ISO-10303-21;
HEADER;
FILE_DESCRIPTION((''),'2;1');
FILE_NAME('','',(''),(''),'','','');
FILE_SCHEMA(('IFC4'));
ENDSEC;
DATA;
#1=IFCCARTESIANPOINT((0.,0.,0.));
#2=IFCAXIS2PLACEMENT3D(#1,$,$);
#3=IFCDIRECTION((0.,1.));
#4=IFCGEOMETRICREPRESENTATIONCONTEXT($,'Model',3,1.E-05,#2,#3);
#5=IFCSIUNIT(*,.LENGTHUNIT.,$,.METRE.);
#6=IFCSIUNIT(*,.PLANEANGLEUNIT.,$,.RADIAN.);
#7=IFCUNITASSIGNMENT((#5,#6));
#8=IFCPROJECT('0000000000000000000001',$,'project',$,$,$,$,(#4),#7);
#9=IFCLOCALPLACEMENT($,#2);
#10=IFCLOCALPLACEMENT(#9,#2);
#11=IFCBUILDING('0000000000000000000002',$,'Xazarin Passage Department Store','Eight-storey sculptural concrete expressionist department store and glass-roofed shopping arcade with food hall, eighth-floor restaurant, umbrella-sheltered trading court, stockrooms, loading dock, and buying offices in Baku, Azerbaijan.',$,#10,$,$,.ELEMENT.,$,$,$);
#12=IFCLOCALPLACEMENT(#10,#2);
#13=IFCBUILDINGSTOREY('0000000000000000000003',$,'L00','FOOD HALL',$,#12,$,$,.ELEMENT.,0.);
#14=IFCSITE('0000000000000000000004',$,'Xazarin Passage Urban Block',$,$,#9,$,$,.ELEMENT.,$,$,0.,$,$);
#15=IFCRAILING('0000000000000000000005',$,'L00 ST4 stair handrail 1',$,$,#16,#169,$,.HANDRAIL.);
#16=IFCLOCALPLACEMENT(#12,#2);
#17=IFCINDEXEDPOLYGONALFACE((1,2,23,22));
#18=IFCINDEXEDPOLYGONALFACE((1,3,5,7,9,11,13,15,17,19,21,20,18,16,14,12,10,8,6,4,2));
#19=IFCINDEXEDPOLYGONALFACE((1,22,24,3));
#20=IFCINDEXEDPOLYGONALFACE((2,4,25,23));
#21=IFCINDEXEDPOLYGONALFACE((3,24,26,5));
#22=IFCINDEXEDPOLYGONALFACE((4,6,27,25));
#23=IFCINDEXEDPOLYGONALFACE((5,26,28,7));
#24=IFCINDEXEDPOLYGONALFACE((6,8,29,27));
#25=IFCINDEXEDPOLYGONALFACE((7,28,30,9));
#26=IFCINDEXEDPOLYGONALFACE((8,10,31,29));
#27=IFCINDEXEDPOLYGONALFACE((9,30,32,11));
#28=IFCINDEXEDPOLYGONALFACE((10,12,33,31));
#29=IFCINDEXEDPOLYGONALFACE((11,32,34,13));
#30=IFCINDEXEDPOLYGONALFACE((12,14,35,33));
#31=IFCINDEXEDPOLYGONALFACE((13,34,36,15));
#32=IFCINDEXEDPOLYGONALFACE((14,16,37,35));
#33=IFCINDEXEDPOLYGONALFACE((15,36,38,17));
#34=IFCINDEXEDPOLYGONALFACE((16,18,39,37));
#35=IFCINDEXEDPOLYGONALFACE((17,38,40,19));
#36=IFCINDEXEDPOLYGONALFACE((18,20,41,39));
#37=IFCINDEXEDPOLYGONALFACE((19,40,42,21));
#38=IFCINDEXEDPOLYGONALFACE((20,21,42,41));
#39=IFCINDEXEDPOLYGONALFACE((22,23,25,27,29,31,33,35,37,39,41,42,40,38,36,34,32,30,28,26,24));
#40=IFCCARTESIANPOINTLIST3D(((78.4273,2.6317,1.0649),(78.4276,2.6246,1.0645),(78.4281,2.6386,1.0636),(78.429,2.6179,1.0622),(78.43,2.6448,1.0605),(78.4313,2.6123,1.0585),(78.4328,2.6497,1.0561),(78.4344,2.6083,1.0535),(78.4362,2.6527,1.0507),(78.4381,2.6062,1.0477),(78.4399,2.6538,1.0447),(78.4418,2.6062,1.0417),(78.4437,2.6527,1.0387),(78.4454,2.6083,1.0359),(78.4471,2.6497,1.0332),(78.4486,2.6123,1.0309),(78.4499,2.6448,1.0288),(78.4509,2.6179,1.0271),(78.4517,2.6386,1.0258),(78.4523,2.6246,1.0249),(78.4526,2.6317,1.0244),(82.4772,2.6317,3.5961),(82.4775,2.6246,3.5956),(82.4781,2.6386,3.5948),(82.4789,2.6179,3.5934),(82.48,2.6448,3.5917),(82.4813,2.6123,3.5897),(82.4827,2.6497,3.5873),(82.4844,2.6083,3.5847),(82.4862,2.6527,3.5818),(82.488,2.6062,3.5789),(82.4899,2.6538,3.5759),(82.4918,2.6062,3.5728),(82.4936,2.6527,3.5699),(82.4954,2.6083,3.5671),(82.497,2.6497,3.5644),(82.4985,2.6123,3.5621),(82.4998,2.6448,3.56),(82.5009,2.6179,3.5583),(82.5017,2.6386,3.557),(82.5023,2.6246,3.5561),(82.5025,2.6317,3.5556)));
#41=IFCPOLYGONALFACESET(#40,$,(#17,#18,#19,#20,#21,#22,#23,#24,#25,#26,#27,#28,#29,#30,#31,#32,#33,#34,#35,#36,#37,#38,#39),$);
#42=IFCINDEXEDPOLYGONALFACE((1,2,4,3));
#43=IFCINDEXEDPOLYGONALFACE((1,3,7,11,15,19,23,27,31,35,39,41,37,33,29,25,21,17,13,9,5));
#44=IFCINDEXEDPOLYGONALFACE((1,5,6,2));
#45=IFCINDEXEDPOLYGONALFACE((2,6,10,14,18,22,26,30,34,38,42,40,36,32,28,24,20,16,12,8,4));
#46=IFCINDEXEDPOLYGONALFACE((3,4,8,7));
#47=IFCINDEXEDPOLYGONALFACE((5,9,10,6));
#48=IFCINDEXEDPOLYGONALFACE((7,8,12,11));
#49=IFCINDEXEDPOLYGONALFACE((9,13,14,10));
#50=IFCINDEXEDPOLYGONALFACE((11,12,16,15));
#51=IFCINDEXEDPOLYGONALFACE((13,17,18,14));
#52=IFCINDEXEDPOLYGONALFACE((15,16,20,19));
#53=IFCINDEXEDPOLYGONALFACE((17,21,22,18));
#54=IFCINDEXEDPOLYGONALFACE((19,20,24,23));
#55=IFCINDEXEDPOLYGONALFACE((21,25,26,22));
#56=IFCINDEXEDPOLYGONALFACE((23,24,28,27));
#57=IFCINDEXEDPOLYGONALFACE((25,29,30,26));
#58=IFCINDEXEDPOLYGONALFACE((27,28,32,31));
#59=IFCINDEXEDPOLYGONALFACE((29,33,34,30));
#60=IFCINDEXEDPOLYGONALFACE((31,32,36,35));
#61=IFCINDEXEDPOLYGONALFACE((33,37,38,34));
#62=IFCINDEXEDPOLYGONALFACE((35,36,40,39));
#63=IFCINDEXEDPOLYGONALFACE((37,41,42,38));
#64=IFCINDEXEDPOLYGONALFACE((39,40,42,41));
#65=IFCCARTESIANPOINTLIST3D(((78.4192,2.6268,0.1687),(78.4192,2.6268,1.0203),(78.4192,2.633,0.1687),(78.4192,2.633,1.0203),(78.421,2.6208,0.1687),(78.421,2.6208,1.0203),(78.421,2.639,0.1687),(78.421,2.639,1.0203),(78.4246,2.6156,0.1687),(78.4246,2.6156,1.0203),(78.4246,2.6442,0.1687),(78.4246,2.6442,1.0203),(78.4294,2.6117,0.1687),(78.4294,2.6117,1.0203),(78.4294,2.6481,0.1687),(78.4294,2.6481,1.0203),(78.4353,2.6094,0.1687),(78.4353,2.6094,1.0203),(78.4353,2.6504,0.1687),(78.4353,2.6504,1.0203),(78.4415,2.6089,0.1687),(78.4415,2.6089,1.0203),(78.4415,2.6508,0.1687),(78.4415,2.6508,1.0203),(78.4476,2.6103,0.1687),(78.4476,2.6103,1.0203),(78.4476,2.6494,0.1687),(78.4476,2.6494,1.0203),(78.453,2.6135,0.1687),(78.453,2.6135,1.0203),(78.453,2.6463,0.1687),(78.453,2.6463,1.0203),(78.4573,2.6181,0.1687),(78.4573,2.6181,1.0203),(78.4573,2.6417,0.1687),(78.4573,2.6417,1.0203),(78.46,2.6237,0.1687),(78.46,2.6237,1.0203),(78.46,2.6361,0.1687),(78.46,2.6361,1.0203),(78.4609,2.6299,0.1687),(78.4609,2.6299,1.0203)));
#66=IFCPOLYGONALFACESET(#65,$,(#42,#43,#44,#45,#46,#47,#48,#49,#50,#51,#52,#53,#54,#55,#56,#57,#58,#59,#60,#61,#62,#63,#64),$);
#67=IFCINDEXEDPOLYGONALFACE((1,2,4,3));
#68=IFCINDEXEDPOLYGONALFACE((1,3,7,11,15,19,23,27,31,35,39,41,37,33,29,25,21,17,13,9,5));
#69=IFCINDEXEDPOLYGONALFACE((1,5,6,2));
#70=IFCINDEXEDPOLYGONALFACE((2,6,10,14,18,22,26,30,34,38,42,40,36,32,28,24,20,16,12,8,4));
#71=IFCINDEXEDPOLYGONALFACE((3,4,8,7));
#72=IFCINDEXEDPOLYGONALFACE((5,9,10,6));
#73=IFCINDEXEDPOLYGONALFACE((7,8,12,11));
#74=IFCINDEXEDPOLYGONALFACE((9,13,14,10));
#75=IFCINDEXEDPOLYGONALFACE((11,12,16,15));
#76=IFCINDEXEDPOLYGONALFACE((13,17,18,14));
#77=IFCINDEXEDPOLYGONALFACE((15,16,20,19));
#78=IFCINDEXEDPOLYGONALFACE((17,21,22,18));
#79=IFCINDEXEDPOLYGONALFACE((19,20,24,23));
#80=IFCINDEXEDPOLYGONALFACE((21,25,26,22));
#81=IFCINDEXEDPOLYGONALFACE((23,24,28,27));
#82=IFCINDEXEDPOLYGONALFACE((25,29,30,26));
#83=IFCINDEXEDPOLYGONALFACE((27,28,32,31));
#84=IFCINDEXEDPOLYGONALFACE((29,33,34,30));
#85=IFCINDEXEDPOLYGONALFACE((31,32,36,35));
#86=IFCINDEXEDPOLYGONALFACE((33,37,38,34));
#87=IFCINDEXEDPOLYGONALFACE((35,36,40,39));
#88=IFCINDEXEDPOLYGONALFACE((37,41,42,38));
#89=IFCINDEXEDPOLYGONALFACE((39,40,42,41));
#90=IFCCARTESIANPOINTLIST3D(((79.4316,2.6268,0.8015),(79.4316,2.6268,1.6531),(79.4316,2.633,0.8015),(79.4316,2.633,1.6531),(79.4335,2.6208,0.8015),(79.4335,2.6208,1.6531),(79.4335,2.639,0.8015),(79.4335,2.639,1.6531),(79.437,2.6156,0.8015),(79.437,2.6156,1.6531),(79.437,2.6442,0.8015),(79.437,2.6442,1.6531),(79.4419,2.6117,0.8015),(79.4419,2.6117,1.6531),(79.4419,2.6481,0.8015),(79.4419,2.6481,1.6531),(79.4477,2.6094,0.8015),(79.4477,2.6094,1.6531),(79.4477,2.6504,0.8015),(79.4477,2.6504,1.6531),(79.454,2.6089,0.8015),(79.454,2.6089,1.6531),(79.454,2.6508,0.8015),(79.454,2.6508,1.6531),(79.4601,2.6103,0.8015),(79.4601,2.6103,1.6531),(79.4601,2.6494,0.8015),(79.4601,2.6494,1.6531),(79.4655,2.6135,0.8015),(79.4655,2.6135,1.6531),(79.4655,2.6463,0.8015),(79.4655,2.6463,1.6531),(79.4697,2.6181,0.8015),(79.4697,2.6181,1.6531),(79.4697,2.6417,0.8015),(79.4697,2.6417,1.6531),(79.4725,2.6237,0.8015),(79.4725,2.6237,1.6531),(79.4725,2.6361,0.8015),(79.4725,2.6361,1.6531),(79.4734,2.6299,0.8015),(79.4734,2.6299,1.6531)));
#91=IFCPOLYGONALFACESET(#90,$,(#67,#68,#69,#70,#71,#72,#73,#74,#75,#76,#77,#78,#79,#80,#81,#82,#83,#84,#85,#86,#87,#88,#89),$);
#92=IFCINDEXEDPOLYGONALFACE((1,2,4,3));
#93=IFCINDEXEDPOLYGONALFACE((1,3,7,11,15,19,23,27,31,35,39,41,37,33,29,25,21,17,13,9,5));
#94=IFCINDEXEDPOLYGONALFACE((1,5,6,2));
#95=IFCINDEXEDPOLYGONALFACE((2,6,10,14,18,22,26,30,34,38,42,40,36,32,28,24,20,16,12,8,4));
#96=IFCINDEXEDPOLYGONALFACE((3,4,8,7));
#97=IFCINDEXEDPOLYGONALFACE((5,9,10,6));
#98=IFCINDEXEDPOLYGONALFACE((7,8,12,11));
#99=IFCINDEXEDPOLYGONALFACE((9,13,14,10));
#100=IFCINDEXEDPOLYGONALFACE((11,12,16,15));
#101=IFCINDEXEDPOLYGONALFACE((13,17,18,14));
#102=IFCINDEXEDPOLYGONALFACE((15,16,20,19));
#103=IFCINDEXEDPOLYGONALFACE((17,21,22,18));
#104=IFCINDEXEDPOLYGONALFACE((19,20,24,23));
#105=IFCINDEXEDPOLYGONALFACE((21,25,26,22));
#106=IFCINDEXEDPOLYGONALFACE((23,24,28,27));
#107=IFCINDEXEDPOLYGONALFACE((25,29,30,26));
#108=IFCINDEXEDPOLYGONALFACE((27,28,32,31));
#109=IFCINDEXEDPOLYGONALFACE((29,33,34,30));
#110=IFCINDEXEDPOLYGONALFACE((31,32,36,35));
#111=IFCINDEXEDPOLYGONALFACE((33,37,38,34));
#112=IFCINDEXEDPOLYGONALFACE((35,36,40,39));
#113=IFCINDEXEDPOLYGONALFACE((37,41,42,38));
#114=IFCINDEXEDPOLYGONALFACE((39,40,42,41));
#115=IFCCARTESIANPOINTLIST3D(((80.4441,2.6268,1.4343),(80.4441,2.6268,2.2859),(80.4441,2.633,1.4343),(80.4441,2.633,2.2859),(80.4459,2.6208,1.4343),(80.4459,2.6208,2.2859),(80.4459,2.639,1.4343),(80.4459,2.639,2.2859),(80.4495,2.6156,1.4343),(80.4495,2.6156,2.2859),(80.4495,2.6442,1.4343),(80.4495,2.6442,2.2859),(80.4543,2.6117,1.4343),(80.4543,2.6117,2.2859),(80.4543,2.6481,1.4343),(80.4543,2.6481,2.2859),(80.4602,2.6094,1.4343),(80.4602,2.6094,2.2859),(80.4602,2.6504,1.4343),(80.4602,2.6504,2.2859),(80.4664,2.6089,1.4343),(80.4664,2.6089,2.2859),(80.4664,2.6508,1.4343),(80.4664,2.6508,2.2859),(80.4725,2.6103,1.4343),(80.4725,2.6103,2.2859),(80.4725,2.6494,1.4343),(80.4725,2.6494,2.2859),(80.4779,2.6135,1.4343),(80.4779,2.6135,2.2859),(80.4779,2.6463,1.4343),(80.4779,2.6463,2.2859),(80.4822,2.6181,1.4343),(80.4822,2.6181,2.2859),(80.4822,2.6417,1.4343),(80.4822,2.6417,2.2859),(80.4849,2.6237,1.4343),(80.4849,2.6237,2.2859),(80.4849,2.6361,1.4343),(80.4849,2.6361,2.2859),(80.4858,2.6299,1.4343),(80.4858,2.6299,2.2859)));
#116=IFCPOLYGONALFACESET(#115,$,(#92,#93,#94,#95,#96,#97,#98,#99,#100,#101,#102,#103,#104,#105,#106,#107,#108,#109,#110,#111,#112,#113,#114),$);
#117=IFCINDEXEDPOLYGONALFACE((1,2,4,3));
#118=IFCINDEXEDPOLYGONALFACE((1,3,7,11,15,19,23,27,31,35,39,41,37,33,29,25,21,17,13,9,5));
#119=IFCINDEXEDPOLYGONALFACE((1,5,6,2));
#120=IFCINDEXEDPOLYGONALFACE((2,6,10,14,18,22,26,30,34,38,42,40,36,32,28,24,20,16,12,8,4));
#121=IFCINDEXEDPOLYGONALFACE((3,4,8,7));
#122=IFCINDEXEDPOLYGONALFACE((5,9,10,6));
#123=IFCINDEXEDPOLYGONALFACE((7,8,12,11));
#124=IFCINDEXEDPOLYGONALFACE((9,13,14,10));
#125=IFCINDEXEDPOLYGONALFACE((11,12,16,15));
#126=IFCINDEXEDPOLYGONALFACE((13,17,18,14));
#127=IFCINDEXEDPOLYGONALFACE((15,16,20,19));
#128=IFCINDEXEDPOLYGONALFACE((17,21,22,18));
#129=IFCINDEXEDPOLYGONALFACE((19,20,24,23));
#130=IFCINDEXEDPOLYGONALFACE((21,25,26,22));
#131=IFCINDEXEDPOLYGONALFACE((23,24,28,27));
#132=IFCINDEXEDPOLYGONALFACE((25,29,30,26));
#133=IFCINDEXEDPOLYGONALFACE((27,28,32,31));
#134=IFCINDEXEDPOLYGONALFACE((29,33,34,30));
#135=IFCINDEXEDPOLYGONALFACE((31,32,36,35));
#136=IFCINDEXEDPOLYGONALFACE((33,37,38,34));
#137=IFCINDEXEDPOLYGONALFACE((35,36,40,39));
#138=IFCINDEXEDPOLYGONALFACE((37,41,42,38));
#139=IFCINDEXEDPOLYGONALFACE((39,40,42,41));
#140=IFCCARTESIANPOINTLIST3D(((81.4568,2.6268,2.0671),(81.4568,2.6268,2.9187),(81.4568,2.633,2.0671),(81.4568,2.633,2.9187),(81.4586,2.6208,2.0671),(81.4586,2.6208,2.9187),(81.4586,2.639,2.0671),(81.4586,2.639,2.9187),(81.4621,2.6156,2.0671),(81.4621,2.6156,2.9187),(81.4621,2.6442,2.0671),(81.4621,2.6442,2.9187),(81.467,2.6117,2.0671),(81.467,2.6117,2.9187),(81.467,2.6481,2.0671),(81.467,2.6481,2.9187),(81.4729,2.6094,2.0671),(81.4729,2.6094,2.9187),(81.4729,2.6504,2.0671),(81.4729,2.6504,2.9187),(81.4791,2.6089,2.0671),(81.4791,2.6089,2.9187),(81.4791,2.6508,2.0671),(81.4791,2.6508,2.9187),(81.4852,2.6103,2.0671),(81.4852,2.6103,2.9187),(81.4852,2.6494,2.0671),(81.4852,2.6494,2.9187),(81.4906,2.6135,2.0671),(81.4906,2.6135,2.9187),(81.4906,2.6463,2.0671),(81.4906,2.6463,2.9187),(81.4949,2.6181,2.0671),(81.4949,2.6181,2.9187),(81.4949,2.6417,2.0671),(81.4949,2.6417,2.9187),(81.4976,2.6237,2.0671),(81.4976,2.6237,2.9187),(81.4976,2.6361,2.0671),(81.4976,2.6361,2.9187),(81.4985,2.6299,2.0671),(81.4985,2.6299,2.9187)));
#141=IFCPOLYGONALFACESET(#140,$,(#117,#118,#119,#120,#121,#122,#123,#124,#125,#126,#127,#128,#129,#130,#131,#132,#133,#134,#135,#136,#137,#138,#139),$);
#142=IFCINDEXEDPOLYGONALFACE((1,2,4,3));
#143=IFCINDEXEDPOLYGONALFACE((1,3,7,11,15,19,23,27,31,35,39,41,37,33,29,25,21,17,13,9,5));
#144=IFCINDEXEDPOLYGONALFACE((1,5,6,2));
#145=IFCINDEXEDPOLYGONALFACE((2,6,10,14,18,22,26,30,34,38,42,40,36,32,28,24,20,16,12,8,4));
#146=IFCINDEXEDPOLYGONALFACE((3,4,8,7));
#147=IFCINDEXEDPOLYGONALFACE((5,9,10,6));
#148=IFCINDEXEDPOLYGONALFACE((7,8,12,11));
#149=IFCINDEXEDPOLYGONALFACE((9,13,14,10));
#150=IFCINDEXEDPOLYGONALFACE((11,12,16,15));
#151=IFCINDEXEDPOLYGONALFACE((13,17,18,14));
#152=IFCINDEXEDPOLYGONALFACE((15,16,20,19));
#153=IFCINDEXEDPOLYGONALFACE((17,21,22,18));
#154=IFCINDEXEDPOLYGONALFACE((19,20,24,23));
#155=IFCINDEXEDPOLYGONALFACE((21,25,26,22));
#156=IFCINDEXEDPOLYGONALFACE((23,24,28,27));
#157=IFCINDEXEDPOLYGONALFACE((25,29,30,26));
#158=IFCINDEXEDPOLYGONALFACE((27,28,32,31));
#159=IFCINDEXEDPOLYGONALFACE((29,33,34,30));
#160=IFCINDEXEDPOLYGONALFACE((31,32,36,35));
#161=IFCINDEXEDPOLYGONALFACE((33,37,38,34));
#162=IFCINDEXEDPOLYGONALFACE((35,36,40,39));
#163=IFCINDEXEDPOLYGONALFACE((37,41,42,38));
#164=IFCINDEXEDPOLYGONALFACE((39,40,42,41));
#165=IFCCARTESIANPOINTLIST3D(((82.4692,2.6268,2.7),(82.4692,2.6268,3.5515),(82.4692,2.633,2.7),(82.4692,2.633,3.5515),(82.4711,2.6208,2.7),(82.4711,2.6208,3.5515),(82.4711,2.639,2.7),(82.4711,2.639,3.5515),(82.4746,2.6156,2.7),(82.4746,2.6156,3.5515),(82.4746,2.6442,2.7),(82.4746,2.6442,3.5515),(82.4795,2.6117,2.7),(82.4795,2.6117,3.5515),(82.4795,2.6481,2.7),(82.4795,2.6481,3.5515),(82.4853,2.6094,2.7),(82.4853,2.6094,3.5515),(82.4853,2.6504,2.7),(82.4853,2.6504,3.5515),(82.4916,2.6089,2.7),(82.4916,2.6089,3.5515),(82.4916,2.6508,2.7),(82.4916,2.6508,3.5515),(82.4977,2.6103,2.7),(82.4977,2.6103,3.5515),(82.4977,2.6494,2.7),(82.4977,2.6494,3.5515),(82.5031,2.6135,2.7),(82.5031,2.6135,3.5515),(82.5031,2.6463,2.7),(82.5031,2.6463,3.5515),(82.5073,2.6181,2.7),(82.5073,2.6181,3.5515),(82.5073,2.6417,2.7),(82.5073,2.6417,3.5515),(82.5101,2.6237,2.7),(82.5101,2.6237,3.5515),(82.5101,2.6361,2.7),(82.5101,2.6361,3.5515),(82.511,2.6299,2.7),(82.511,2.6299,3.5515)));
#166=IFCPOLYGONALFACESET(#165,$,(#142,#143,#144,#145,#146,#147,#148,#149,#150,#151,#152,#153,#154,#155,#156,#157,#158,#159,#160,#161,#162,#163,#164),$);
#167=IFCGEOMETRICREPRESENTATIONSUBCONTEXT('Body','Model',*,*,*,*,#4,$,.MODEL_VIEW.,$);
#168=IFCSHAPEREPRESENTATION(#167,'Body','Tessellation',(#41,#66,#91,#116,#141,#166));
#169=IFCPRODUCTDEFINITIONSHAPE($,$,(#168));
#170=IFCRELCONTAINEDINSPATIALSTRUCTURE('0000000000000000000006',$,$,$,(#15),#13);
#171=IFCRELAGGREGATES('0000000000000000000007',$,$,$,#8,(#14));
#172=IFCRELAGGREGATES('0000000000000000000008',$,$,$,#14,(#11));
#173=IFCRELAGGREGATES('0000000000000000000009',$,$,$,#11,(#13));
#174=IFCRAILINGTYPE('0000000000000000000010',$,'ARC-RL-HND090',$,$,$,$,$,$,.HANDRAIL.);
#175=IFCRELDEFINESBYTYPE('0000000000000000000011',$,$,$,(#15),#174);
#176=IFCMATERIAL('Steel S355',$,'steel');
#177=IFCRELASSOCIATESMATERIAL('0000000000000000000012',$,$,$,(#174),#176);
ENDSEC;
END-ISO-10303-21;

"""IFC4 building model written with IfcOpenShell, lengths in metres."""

from ifc_helpers import new_model, si_unit, direction, frame, origin, origin_2d, place, context, subcontext, project, spatial, circle, extrude, material, type_object, element, save


model = new_model("IFC4")

# Units and contexts
model_context = context("Model", 3, precision=1e-05, world=origin(), true_north=direction((0.0, 1.0)))
body_context = subcontext(model_context, "Body", "Model", "MODEL_VIEW")
ifc_project = project(units=[si_unit("LENGTHUNIT", "METRE"), si_unit("PLANEANGLEUNIT", "RADIAN")], contexts=[model_context])

# Site, building, storey
site_placement = place(None, origin())
site = spatial("IfcSite", under=ifc_project, at=site_placement, Name="Xazarin Passage Urban Block", CompositionType="ELEMENT", RefElevation=0.0)
building_placement = place(site_placement, origin())
building = spatial("IfcBuilding", under=site, at=building_placement, Name="Xazarin Passage Department Store", Description="Eight-storey sculptural concrete expressionist department store and glass-roofed shopping arcade with food hall, eighth-floor restaurant, umbrella-sheltered trading court, stockrooms, loading dock, and buying offices in Baku, Azerbaijan.", CompositionType="ELEMENT")
storey_placement = place(building_placement, origin())
storey = spatial("IfcBuildingStorey", under=building, at=storey_placement, Name="L00", Description="FOOD HALL", CompositionType="ELEMENT", Elevation=0.0)

# Railing
ifc_material_1 = material(Name="Steel S355", Category="steel")
railing_type_1 = type_object("IfcRailingType", Name="ARC-RL-HND090", PredefinedType="HANDRAIL", material=ifc_material_1)
railing_1_placement = place(storey_placement, frame((78.4399, 2.6299, 0.1687)))
element("IfcRailing", 1, at=railing_1_placement, inside=storey, type_object=railing_type_1, Name="L00 ST4 stair handrail 1", PredefinedType="HANDRAIL", context=body_context, shape_type="SweptSolid", body=[
    extrude(circle(Radius=0.0239, at=origin_2d()), frame((0.0, 0.0, 0.876), z_axis=(0.848001, 0.0, 0.529994), x_axis=(0.0, 1.0, 0.0)), (0.0, 0.0, 1.0), 4.7759),
    extrude(circle(Radius=0.021, at=origin_2d()), origin(), (0.0, 0.0, 1.0), 0.8516),
    extrude(circle(Radius=0.021, at=origin_2d()), frame((1.0125, 0.0, 0.6328)), (0.0, 0.0, 1.0), 0.8516),
    extrude(circle(Radius=0.021, at=origin_2d()), frame((2.0249, 0.0, 1.2656)), (0.0, 0.0, 1.0), 0.8516),
    extrude(circle(Radius=0.021, at=origin_2d()), frame((3.0376, 0.0, 1.8984)), (0.0, 0.0, 1.0), 0.8516),
    extrude(circle(Radius=0.021, at=origin_2d()), frame((4.05, 0.0, 2.5312)), (0.0, 0.0, 1.0), 0.8516),
])

save(model, "model.ifc")
